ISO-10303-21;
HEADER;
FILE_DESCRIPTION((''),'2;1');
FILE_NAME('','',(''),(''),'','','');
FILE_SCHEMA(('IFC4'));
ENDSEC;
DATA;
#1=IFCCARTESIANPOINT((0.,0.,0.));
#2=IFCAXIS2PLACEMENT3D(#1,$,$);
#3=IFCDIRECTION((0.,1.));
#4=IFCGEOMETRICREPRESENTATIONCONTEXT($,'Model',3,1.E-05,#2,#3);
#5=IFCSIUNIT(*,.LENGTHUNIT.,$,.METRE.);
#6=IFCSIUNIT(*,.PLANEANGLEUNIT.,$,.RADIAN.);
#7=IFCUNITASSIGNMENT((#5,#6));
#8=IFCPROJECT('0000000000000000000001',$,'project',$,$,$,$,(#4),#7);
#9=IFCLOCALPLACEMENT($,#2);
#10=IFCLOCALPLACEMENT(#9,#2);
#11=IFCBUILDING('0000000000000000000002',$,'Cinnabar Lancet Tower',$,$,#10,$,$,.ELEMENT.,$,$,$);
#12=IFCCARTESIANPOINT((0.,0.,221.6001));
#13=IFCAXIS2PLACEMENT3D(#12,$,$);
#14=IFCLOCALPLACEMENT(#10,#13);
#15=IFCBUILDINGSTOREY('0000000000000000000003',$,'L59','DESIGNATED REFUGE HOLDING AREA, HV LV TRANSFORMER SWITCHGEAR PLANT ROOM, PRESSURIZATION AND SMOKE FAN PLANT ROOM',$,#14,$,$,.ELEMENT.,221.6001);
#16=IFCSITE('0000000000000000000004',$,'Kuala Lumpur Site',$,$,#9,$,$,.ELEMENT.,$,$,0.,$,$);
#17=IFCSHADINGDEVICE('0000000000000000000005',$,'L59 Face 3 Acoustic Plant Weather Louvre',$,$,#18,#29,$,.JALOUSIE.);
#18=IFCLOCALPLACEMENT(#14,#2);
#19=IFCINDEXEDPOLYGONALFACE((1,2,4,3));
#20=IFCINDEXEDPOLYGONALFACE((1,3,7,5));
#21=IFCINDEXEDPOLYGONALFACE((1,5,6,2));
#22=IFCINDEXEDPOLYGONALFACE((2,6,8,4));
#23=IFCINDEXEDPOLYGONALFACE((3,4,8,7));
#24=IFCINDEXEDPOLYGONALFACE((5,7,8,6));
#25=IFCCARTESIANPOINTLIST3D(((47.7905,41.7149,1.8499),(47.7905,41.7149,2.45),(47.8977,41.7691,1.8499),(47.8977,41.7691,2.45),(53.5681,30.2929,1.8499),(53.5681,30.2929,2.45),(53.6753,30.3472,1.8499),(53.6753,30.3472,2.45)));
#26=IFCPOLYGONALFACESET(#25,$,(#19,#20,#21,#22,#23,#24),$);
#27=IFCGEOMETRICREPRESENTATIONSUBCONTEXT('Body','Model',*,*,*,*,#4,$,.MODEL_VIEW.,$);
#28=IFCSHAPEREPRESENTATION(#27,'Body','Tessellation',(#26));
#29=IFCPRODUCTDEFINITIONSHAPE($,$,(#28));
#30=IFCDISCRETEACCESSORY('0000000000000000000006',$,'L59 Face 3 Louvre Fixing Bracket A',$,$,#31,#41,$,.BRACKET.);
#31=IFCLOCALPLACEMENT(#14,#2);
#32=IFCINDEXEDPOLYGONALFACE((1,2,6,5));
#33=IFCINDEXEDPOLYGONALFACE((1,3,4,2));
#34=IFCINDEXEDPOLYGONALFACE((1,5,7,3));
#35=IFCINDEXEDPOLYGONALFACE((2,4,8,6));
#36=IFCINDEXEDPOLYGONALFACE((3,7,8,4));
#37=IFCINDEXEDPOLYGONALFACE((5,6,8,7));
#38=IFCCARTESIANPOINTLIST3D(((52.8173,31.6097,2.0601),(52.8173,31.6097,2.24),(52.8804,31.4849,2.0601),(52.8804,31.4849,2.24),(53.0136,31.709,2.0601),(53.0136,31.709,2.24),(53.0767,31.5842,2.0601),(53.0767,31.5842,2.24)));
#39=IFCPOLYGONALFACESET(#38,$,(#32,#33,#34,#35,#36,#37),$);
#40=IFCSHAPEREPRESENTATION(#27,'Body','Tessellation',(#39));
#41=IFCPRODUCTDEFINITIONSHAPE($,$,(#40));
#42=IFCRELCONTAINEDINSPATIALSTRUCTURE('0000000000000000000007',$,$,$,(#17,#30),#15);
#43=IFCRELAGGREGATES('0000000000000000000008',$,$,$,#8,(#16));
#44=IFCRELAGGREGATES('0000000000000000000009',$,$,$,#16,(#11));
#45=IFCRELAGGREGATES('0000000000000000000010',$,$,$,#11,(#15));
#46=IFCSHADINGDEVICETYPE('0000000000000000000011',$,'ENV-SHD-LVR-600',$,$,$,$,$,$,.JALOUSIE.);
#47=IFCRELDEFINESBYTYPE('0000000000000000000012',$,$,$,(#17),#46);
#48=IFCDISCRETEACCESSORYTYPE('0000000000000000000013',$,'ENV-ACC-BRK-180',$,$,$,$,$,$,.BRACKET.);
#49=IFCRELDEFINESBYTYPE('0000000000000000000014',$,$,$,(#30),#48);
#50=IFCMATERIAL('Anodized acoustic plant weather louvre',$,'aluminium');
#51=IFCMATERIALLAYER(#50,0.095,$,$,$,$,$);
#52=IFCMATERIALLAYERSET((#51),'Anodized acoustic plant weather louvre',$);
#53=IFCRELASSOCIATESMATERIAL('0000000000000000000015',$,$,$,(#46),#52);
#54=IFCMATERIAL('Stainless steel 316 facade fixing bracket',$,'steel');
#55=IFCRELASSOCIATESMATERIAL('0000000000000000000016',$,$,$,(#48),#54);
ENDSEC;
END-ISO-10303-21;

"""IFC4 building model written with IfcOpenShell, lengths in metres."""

from ifc_helpers import new_model, si_unit, direction, frame, origin, origin_2d, place, context, subcontext, project, spatial, rectangle, extrude, material, layer, layer_set, type_object, element, save


model = new_model("IFC4")

# Units and contexts
model_context = context("Model", 3, precision=1e-05, world=origin(), true_north=direction((0.0, 1.0)))
body_context = subcontext(model_context, "Body", "Model", "MODEL_VIEW")
ifc_project = project(units=[si_unit("LENGTHUNIT", "METRE"), si_unit("PLANEANGLEUNIT", "RADIAN")], contexts=[model_context])

# Site, building, storey
site_placement = place(None, origin())
site = spatial("IfcSite", under=ifc_project, at=site_placement, Name="Kuala Lumpur Site", CompositionType="ELEMENT", RefElevation=0.0)
building_placement = place(site_placement, origin())
building = spatial("IfcBuilding", under=site, at=building_placement, Name="Cinnabar Lancet Tower", CompositionType="ELEMENT")
storey_placement = place(building_placement, frame((0.0, 0.0, 221.6001)))
storey = spatial("IfcBuildingStorey", under=building, at=storey_placement, Name="L59", Description="DESIGNATED REFUGE HOLDING AREA, HV LV TRANSFORMER SWITCHGEAR PLANT ROOM, PRESSURIZATION AND SMOKE FAN PLANT ROOM", CompositionType="ELEMENT", Elevation=221.6001)

# Shading device
ifc_material_1 = material(Name="Anodized acoustic plant weather louvre", Category="aluminium")
ifc_layer_1 = layer(ifc_material_1, 0.095)
ifc_layer_set_1 = layer_set([ifc_layer_1], Name="Anodized acoustic plant weather louvre")
shading_device_type = type_object("IfcShadingDeviceType", Name="ENV-SHD-LVR-600", PredefinedType="JALOUSIE", material=ifc_layer_set_1)
shading_device_placement = place(storey_placement, frame((50.7329, 36.031, 1.8499), z_axis=(0.0, 0.0, 1.0), x_axis=(-0.451376, 0.892334, 0.0)))
element("IfcShadingDevice", 1, at=shading_device_placement, inside=storey, type_object=shading_device_type, Name="L59 Face 3 Acoustic Plant Weather Louvre", PredefinedType="JALOUSIE", context=body_context, shape_type="SweptSolid", body=[
    extrude(rectangle(XDim=12.8, YDim=0.1201, at=origin_2d()), origin(), (0.0, 0.0, 1.0), 0.6001),
])

# Discrete accessory
ifc_material_2 = material(Name="Stainless steel 316 facade fixing bracket", Category="steel")
discrete_accessory_type = type_object("IfcDiscreteAccessoryType", Name="ENV-ACC-BRK-180", PredefinedType="BRACKET", material=ifc_material_2)
discrete_accessory_placement = place(storey_placement, frame((52.947, 31.5969, 2.0601), z_axis=(0.0, 0.0, 1.0), x_axis=(-0.451376, 0.892334, 0.0)))
element("IfcDiscreteAccessory", 2, at=discrete_accessory_placement, inside=storey, type_object=discrete_accessory_type, Name="L59 Face 3 Louvre Fixing Bracket A", PredefinedType="BRACKET", context=body_context, shape_type="SweptSolid", body=[
    extrude(rectangle(XDim=0.1399, YDim=0.22, at=origin_2d()), origin(), (0.0, 0.0, 1.0), 0.1799),
])

save(model, "model.ifc")
